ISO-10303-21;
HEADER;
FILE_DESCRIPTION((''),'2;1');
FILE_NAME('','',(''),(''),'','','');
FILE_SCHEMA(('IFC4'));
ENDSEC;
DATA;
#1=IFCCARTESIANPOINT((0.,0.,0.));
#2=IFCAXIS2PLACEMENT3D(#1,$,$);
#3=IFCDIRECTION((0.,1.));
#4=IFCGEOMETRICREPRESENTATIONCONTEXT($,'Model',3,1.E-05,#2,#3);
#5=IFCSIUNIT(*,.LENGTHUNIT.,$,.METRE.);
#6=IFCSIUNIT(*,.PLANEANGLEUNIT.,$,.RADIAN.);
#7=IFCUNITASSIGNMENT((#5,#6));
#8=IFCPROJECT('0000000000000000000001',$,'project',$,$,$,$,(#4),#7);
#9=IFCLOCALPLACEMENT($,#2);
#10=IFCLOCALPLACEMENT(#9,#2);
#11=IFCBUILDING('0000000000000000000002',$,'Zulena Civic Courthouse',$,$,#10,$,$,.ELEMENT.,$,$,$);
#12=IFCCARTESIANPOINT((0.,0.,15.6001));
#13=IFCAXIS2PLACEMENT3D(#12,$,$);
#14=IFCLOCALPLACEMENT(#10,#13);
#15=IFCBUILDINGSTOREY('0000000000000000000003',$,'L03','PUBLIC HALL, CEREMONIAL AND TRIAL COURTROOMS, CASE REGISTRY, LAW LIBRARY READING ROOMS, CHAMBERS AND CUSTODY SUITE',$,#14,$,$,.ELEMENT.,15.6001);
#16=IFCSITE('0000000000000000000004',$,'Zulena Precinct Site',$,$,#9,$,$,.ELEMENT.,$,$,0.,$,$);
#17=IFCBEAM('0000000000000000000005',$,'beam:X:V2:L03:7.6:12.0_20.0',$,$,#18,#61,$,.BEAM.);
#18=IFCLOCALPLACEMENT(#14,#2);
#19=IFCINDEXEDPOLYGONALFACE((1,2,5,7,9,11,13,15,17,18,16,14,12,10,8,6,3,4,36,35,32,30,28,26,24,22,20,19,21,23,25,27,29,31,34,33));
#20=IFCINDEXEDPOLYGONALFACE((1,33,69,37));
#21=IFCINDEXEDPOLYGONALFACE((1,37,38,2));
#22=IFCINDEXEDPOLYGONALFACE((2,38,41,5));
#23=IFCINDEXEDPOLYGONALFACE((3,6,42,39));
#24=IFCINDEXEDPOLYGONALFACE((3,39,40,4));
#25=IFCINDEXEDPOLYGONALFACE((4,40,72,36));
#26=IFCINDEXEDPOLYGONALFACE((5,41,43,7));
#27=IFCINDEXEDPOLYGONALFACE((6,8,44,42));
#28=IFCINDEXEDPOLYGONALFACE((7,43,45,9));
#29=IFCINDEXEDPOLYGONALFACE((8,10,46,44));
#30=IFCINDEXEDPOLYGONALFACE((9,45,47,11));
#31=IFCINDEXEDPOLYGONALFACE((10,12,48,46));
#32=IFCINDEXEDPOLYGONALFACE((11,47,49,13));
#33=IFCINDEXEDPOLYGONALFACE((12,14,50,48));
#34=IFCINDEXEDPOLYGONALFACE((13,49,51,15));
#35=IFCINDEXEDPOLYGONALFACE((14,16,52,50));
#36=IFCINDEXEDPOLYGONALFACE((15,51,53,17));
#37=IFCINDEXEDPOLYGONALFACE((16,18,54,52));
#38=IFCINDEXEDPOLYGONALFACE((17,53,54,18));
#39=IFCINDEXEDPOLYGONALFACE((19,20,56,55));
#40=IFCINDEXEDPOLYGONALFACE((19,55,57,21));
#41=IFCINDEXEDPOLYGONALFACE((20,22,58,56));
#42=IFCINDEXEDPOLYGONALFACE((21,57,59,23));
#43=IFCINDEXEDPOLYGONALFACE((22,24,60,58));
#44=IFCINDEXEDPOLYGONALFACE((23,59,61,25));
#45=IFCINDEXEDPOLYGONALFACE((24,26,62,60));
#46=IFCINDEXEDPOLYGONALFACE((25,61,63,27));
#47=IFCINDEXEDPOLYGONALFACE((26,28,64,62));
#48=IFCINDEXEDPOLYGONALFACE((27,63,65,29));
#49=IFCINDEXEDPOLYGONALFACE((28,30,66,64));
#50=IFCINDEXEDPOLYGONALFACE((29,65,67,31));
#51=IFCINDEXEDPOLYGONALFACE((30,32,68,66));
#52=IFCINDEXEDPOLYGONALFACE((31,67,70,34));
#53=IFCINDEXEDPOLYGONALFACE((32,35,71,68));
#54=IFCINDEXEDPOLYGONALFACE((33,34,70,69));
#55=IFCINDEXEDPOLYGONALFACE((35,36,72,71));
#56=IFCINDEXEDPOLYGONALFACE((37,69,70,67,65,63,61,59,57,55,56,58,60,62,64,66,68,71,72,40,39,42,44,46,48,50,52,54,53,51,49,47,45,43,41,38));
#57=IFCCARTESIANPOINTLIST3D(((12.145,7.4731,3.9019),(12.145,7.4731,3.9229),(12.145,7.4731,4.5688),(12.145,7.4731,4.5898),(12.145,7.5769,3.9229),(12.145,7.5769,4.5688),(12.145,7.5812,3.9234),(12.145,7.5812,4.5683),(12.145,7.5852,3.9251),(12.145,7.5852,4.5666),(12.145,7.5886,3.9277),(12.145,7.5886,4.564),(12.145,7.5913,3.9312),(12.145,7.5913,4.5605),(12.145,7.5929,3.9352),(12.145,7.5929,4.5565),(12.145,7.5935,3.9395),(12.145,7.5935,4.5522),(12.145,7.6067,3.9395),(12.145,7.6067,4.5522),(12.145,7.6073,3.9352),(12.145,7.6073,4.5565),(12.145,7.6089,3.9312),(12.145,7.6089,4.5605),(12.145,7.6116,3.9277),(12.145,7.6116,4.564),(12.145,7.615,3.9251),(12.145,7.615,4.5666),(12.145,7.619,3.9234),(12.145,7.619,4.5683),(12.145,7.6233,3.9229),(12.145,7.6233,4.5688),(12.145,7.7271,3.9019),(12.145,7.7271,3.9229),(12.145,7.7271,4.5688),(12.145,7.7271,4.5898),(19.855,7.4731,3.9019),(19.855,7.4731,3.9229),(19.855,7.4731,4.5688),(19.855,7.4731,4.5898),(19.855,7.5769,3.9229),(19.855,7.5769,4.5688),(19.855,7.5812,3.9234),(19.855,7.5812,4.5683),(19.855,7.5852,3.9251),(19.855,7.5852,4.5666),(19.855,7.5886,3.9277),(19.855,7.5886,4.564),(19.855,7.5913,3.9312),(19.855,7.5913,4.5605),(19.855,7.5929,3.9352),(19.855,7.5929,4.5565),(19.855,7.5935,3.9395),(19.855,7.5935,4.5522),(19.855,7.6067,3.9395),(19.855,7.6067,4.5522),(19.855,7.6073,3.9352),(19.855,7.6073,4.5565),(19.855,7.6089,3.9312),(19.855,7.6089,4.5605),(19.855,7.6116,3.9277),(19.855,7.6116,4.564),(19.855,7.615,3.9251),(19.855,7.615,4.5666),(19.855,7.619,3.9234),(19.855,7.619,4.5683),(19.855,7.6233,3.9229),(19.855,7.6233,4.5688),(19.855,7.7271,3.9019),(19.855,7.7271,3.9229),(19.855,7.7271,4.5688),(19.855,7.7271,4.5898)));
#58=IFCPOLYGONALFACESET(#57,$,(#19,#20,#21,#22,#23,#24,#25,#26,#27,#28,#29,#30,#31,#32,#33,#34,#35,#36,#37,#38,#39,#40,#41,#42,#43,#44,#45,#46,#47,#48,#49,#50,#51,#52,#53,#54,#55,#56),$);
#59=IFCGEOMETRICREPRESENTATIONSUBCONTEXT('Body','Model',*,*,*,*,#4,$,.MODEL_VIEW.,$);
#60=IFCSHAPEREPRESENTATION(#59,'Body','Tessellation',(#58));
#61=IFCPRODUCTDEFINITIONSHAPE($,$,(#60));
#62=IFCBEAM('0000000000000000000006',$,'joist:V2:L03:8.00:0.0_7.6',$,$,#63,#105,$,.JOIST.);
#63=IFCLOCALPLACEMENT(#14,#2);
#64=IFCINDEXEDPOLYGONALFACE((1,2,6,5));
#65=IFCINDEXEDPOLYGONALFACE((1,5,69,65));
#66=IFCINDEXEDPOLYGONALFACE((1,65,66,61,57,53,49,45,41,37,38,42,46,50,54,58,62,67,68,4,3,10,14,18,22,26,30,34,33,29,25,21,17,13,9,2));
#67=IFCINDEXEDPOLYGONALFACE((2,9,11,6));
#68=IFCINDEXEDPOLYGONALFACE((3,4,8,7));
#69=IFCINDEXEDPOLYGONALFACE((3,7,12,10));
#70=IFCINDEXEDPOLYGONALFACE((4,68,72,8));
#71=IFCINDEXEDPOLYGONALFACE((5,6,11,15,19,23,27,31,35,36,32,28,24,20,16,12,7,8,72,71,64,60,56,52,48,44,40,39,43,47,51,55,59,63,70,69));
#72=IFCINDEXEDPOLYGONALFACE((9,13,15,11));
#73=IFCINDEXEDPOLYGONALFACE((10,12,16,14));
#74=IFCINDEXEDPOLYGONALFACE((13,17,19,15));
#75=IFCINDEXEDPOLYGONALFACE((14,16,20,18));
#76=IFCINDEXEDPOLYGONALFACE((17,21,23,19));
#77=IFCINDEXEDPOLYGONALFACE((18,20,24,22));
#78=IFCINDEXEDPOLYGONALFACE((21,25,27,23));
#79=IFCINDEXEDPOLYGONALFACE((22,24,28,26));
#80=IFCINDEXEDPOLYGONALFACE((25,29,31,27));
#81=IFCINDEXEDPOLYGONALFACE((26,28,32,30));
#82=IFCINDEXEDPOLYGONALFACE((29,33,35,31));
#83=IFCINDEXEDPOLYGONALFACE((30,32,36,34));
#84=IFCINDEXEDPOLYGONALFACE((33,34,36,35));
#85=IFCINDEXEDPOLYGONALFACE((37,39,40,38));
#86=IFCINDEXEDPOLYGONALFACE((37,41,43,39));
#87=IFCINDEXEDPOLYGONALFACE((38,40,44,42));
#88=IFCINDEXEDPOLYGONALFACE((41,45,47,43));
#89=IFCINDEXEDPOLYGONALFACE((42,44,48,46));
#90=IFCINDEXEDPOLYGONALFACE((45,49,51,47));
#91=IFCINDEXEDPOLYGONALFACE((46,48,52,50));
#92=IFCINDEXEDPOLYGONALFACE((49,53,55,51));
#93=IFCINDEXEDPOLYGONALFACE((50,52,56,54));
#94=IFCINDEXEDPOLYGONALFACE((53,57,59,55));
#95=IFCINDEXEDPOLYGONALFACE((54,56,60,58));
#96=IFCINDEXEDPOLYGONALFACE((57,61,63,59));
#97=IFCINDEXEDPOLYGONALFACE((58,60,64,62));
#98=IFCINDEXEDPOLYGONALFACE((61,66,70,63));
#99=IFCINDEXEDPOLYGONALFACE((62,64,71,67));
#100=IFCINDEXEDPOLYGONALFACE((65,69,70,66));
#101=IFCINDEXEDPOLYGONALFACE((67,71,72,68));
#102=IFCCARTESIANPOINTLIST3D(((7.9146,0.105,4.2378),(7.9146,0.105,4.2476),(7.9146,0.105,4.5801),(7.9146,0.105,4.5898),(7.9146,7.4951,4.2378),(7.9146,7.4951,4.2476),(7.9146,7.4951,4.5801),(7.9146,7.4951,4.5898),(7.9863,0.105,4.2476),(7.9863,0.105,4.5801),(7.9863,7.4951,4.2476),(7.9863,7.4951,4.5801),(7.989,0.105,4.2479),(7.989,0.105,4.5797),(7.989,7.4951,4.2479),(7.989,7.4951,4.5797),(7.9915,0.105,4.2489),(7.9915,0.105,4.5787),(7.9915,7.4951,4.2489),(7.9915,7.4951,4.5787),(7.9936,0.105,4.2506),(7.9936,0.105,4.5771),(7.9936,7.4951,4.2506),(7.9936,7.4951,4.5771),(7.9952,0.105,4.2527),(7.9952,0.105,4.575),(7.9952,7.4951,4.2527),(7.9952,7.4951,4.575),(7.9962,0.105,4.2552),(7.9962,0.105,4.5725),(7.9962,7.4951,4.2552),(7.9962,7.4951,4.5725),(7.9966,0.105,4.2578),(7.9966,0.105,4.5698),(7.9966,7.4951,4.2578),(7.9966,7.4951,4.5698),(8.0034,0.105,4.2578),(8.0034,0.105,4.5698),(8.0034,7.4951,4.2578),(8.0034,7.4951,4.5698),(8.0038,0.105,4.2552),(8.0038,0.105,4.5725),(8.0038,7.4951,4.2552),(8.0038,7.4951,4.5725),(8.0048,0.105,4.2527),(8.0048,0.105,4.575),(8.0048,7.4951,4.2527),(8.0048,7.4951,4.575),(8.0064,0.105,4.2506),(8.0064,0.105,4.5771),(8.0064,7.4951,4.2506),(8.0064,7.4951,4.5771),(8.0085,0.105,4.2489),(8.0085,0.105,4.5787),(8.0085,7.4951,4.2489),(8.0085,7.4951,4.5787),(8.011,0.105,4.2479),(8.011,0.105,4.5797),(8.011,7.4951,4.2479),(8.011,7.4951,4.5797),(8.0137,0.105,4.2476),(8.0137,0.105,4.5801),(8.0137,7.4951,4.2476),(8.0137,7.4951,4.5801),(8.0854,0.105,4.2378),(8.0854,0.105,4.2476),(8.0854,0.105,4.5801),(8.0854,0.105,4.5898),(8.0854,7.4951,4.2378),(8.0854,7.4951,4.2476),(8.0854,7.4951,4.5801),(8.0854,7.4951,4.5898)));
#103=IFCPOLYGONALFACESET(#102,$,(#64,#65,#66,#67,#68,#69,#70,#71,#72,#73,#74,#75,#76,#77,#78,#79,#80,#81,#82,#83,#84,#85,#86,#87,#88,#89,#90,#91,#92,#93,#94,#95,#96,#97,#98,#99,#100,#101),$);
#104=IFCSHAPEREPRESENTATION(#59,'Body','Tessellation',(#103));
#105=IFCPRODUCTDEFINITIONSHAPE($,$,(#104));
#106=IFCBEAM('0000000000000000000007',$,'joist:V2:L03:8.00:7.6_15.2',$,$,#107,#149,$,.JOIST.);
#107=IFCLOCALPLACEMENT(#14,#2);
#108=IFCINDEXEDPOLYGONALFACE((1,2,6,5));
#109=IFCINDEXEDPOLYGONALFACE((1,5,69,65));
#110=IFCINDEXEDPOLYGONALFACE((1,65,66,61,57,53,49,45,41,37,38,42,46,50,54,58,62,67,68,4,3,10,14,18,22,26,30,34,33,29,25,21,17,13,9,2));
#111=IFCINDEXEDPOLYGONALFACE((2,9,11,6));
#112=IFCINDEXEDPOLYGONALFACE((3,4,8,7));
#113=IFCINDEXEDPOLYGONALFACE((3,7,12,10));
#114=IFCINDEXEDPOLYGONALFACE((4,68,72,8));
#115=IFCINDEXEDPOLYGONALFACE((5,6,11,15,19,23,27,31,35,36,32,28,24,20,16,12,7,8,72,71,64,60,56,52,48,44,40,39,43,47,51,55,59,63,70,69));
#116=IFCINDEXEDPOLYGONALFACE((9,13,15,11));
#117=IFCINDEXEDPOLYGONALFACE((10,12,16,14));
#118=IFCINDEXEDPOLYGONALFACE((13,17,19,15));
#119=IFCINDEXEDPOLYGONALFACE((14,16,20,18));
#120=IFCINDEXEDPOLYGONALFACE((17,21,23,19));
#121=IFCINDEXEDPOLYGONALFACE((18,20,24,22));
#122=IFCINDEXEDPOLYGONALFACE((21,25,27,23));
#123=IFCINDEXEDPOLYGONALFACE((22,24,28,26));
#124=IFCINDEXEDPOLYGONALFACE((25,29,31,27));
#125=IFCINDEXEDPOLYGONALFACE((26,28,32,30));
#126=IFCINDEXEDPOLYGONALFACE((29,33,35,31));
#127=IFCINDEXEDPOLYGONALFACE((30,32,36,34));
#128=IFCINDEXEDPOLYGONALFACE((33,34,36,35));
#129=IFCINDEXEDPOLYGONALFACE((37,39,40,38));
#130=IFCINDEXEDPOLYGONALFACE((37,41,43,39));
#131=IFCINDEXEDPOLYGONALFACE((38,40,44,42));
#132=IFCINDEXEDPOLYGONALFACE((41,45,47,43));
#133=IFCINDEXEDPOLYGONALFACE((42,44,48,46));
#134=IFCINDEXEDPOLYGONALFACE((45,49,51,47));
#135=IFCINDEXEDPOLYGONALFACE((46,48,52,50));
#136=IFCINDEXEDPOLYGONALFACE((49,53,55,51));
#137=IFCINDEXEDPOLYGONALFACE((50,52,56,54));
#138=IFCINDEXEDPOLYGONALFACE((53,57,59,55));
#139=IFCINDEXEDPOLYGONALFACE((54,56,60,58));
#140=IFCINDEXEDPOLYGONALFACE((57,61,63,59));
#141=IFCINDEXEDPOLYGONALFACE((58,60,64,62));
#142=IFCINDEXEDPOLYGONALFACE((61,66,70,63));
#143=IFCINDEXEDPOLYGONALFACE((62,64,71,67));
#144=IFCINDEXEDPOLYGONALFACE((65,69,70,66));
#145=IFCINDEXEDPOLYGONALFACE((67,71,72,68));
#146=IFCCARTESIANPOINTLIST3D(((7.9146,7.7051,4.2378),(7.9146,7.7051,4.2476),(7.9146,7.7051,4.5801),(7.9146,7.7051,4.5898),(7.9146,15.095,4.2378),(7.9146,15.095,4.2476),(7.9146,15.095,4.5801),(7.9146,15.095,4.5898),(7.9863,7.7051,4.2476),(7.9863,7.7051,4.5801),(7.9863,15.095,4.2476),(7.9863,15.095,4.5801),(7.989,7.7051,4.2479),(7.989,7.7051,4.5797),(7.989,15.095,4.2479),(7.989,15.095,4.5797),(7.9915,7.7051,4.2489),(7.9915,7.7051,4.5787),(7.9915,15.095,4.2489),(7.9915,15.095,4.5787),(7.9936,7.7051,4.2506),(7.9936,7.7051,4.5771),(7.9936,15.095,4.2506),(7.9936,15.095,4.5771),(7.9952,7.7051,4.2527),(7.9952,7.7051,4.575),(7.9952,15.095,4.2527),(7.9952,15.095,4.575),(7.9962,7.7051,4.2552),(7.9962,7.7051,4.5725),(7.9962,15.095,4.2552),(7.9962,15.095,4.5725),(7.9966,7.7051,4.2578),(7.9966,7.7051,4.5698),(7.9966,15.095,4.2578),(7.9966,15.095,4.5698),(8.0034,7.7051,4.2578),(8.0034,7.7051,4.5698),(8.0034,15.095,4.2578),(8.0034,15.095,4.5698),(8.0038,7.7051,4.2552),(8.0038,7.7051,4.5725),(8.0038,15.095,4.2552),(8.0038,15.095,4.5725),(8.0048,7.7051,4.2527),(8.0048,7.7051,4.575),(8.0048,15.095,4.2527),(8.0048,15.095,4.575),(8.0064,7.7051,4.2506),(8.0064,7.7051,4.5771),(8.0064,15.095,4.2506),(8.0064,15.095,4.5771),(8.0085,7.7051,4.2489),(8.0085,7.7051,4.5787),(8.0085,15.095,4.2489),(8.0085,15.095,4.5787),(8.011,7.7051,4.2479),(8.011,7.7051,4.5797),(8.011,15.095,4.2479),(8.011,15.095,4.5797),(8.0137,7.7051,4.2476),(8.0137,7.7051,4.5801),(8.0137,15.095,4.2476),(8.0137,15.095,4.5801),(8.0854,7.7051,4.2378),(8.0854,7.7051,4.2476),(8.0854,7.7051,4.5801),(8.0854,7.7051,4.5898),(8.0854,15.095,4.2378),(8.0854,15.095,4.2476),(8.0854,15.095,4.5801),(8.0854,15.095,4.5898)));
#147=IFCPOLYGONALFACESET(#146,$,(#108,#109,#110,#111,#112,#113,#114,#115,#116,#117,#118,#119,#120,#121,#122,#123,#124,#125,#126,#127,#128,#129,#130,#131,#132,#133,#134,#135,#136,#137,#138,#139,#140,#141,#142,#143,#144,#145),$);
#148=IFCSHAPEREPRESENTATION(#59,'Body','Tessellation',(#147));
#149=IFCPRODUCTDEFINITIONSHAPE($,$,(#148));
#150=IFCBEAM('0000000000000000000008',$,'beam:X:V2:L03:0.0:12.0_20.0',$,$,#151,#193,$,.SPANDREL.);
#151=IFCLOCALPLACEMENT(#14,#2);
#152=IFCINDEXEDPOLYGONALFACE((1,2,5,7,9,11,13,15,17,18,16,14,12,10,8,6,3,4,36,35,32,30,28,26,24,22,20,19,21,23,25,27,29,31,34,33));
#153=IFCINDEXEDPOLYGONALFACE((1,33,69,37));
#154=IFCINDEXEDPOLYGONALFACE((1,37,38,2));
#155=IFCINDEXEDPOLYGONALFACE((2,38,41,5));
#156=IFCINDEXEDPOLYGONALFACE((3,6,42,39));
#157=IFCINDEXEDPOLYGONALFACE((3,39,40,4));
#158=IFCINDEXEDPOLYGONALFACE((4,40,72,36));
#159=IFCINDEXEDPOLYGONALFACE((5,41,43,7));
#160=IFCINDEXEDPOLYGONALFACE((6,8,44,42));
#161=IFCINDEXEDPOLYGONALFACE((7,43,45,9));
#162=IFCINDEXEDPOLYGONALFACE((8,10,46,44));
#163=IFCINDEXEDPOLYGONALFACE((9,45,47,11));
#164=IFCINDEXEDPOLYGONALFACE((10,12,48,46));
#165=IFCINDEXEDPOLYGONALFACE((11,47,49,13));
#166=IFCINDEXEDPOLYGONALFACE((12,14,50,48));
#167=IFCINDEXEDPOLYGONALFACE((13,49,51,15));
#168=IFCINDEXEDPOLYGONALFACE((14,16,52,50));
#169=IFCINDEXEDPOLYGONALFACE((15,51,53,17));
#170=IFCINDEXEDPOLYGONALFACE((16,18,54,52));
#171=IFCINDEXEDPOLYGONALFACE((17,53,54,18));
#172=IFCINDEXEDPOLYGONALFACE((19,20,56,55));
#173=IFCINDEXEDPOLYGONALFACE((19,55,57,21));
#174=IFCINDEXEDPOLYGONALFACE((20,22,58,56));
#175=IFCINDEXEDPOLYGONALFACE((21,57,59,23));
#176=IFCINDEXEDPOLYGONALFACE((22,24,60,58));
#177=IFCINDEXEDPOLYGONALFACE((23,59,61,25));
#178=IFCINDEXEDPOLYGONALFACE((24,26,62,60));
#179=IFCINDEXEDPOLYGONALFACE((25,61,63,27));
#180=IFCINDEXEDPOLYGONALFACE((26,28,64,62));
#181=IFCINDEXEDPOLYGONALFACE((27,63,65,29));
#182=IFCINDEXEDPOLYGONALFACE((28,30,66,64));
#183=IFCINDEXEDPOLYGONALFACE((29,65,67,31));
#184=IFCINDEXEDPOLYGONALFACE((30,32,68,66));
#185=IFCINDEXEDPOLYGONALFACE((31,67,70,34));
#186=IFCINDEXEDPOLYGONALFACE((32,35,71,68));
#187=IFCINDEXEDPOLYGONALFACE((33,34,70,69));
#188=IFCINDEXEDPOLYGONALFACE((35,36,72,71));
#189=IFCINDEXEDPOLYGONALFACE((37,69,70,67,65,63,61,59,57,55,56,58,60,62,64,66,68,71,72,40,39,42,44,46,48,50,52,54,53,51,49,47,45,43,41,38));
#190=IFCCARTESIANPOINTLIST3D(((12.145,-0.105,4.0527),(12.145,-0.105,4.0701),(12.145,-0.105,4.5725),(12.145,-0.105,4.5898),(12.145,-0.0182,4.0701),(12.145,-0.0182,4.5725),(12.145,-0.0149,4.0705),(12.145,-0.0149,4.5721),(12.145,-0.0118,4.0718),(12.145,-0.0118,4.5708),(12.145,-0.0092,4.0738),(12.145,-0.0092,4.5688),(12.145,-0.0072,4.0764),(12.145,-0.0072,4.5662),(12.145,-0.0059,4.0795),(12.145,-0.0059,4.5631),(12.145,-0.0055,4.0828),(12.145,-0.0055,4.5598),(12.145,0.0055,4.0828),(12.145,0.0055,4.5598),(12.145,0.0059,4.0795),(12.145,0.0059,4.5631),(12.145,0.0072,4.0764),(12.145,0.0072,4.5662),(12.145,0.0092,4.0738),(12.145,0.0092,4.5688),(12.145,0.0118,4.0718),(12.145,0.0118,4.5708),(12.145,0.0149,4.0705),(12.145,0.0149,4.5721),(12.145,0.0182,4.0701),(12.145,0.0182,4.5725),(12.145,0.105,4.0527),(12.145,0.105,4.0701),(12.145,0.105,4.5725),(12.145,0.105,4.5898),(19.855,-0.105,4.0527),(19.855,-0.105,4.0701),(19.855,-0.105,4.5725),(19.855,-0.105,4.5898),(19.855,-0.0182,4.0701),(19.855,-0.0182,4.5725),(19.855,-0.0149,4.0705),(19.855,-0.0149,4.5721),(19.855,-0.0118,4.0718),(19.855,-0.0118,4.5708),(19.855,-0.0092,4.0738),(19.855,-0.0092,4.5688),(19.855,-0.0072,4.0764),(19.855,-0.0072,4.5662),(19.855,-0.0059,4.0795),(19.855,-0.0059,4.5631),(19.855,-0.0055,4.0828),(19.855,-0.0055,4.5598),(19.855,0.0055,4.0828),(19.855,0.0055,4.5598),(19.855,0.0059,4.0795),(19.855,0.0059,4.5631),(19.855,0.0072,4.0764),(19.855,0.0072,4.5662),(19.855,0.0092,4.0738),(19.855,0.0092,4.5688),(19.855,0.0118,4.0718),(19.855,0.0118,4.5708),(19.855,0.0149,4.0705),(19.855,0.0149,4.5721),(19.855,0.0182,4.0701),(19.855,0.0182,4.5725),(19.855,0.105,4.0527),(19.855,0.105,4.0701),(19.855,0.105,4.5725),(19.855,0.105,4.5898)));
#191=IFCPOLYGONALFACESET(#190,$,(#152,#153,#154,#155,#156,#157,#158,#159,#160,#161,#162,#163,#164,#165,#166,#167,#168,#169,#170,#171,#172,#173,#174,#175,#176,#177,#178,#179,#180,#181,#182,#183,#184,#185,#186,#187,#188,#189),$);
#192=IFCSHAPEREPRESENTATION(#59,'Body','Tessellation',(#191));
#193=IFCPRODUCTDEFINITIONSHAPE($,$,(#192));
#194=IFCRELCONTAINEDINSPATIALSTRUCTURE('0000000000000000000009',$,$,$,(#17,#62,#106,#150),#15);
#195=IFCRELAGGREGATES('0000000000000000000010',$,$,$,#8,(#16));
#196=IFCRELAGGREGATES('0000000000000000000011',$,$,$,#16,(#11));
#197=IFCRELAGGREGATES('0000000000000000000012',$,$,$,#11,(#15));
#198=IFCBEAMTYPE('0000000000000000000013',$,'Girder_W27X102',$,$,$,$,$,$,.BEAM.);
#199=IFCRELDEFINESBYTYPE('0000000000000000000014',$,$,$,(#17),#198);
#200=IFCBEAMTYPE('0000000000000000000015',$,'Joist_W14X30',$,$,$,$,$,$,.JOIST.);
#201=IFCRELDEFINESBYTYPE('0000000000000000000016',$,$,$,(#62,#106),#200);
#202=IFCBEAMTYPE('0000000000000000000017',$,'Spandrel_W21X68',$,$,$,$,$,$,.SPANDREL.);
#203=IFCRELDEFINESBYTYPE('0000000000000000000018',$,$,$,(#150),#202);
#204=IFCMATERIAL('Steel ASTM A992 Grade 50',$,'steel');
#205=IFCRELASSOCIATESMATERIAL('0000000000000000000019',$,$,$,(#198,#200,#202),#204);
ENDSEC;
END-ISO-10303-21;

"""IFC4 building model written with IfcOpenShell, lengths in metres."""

from ifc_helpers import new_model, si_unit, direction, frame, origin, origin_2d, place, context, subcontext, project, spatial, i_section, extrude, material, material_profile, profile_set, type_object, element, save


model = new_model("IFC4")

# Units and contexts
model_context = context("Model", 3, precision=1e-05, world=origin(), true_north=direction((0.0, 1.0)))
body_context = subcontext(model_context, "Body", "Model", "MODEL_VIEW")
ifc_project = project(units=[si_unit("LENGTHUNIT", "METRE"), si_unit("PLANEANGLEUNIT", "RADIAN")], contexts=[model_context])

# Site, building, storey
site_placement = place(None, origin())
site = spatial("IfcSite", under=ifc_project, at=site_placement, Name="Zulena Precinct Site", CompositionType="ELEMENT", RefElevation=0.0)
building_placement = place(site_placement, origin())
building = spatial("IfcBuilding", under=site, at=building_placement, Name="Zulena Civic Courthouse", CompositionType="ELEMENT")
storey_placement = place(building_placement, frame((0.0, 0.0, 15.6001)))
storey = spatial("IfcBuildingStorey", under=building, at=storey_placement, Name="L03", Description="PUBLIC HALL, CEREMONIAL AND TRIAL COURTROOMS, CASE REGISTRY, LAW LIBRARY READING ROOMS, CHAMBERS AND CUSTODY SUITE", CompositionType="ELEMENT", Elevation=15.6001)

# Shared definitions
ifc_material_1 = material(Name="Steel ASTM A992 Grade 50", Category="steel")

# Beams
ifc_material_profile_1 = material_profile(ifc_material_1, i_section(OverallWidth=0.2539, OverallDepth=0.688, WebThickness=0.0132, FlangeThickness=0.021, FilletRadius=0.0166, at=origin_2d()), Name="W27X102")
ifc_profile_set_1 = profile_set([ifc_material_profile_1], Name="Steel ASTM A992 Grade 50")
beam_type_1 = type_object("IfcBeamType", Name="Girder_W27X102", PredefinedType="BEAM", material=ifc_profile_set_1)
beam_1_placement = place(storey_placement, frame((12.145, 7.6001, 4.2458), z_axis=(1.0, 0.0, 0.0), x_axis=(0.0, 1.0, 0.0)))
element("IfcBeam", 1, at=beam_1_placement, inside=storey, type_object=beam_type_1, Name="beam:X:V2:L03:7.6:12.0_20.0", PredefinedType="BEAM", context=body_context, shape_type="SweptSolid", body=[
    extrude(i_section(OverallWidth=0.2539, OverallDepth=0.688, WebThickness=0.0132, FlangeThickness=0.021, FilletRadius=0.0166, at=origin_2d()), origin(), (0.0, 0.0, 1.0), 7.71),
])
ifc_material_profile_2 = material_profile(ifc_material_1, i_section(OverallWidth=0.1709, OverallDepth=0.3521, WebThickness=0.0068, FlangeThickness=0.0098, FilletRadius=0.0103, at=origin_2d()), Name="W14X30")
ifc_profile_set_2 = profile_set([ifc_material_profile_2], Name="Steel ASTM A992 Grade 50")
beam_type_2 = type_object("IfcBeamType", Name="Joist_W14X30", PredefinedType="JOIST", material=ifc_profile_set_2)
beam_2_placement = place(storey_placement, frame((8.0, 0.105, 4.4138), z_axis=(0.0, 1.0, 0.0), x_axis=(-1.0, 0.0, 0.0)))
element("IfcBeam", 2, at=beam_2_placement, inside=storey, type_object=beam_type_2, Name="joist:V2:L03:8.00:0.0_7.6", PredefinedType="JOIST", context=body_context, shape_type="SweptSolid", body=[
    extrude(i_section(OverallWidth=0.1709, OverallDepth=0.3521, WebThickness=0.0068, FlangeThickness=0.0098, FilletRadius=0.0103, at=origin_2d()), origin(), (0.0, 0.0, 1.0), 7.3901),
])
beam_3_placement = place(storey_placement, frame((8.0, 7.7051, 4.4138), z_axis=(0.0, 1.0, 0.0), x_axis=(-1.0, 0.0, 0.0)))
element("IfcBeam", 3, at=beam_3_placement, inside=storey, type_object=beam_type_2, Name="joist:V2:L03:8.00:7.6_15.2", PredefinedType="JOIST", context=body_context, shape_type="SweptSolid", body=[
    extrude(i_section(OverallWidth=0.1709, OverallDepth=0.3521, WebThickness=0.0068, FlangeThickness=0.0098, FilletRadius=0.0103, at=origin_2d()), origin(), (0.0, 0.0, 1.0), 7.3899),
])
ifc_material_profile_3 = material_profile(ifc_material_1, i_section(OverallWidth=0.21, OverallDepth=0.5371, WebThickness=0.011, FlangeThickness=0.0173, FilletRadius=0.0127, at=origin_2d()), Name="W21X68")
ifc_profile_set_3 = profile_set([ifc_material_profile_3], Name="Steel ASTM A992 Grade 50")
beam_type_3 = type_object("IfcBeamType", Name="Spandrel_W21X68", PredefinedType="SPANDREL", material=ifc_profile_set_3)
for number, where, z_axis, x_axis, name in (
    (4, (12.145, 0.0, 4.3213), (1.0, 0.0, 0.0), (0.0, 1.0, 0.0), "beam:X:V2:L03:0.0:12.0_20.0"),
):
    element("IfcBeam", number, at=place(storey_placement, frame(where, z_axis=z_axis, x_axis=x_axis)), inside=storey, type_object=beam_type_3, Name=name, PredefinedType="SPANDREL", context=body_context, shape_type="SweptSolid", body=[
        extrude(i_section(OverallWidth=0.21, OverallDepth=0.5371, WebThickness=0.011, FlangeThickness=0.0173, FilletRadius=0.0127, at=origin_2d()), origin(), (0.0, 0.0, 1.0), 7.71),
    ])

save(model, "model.ifc")
